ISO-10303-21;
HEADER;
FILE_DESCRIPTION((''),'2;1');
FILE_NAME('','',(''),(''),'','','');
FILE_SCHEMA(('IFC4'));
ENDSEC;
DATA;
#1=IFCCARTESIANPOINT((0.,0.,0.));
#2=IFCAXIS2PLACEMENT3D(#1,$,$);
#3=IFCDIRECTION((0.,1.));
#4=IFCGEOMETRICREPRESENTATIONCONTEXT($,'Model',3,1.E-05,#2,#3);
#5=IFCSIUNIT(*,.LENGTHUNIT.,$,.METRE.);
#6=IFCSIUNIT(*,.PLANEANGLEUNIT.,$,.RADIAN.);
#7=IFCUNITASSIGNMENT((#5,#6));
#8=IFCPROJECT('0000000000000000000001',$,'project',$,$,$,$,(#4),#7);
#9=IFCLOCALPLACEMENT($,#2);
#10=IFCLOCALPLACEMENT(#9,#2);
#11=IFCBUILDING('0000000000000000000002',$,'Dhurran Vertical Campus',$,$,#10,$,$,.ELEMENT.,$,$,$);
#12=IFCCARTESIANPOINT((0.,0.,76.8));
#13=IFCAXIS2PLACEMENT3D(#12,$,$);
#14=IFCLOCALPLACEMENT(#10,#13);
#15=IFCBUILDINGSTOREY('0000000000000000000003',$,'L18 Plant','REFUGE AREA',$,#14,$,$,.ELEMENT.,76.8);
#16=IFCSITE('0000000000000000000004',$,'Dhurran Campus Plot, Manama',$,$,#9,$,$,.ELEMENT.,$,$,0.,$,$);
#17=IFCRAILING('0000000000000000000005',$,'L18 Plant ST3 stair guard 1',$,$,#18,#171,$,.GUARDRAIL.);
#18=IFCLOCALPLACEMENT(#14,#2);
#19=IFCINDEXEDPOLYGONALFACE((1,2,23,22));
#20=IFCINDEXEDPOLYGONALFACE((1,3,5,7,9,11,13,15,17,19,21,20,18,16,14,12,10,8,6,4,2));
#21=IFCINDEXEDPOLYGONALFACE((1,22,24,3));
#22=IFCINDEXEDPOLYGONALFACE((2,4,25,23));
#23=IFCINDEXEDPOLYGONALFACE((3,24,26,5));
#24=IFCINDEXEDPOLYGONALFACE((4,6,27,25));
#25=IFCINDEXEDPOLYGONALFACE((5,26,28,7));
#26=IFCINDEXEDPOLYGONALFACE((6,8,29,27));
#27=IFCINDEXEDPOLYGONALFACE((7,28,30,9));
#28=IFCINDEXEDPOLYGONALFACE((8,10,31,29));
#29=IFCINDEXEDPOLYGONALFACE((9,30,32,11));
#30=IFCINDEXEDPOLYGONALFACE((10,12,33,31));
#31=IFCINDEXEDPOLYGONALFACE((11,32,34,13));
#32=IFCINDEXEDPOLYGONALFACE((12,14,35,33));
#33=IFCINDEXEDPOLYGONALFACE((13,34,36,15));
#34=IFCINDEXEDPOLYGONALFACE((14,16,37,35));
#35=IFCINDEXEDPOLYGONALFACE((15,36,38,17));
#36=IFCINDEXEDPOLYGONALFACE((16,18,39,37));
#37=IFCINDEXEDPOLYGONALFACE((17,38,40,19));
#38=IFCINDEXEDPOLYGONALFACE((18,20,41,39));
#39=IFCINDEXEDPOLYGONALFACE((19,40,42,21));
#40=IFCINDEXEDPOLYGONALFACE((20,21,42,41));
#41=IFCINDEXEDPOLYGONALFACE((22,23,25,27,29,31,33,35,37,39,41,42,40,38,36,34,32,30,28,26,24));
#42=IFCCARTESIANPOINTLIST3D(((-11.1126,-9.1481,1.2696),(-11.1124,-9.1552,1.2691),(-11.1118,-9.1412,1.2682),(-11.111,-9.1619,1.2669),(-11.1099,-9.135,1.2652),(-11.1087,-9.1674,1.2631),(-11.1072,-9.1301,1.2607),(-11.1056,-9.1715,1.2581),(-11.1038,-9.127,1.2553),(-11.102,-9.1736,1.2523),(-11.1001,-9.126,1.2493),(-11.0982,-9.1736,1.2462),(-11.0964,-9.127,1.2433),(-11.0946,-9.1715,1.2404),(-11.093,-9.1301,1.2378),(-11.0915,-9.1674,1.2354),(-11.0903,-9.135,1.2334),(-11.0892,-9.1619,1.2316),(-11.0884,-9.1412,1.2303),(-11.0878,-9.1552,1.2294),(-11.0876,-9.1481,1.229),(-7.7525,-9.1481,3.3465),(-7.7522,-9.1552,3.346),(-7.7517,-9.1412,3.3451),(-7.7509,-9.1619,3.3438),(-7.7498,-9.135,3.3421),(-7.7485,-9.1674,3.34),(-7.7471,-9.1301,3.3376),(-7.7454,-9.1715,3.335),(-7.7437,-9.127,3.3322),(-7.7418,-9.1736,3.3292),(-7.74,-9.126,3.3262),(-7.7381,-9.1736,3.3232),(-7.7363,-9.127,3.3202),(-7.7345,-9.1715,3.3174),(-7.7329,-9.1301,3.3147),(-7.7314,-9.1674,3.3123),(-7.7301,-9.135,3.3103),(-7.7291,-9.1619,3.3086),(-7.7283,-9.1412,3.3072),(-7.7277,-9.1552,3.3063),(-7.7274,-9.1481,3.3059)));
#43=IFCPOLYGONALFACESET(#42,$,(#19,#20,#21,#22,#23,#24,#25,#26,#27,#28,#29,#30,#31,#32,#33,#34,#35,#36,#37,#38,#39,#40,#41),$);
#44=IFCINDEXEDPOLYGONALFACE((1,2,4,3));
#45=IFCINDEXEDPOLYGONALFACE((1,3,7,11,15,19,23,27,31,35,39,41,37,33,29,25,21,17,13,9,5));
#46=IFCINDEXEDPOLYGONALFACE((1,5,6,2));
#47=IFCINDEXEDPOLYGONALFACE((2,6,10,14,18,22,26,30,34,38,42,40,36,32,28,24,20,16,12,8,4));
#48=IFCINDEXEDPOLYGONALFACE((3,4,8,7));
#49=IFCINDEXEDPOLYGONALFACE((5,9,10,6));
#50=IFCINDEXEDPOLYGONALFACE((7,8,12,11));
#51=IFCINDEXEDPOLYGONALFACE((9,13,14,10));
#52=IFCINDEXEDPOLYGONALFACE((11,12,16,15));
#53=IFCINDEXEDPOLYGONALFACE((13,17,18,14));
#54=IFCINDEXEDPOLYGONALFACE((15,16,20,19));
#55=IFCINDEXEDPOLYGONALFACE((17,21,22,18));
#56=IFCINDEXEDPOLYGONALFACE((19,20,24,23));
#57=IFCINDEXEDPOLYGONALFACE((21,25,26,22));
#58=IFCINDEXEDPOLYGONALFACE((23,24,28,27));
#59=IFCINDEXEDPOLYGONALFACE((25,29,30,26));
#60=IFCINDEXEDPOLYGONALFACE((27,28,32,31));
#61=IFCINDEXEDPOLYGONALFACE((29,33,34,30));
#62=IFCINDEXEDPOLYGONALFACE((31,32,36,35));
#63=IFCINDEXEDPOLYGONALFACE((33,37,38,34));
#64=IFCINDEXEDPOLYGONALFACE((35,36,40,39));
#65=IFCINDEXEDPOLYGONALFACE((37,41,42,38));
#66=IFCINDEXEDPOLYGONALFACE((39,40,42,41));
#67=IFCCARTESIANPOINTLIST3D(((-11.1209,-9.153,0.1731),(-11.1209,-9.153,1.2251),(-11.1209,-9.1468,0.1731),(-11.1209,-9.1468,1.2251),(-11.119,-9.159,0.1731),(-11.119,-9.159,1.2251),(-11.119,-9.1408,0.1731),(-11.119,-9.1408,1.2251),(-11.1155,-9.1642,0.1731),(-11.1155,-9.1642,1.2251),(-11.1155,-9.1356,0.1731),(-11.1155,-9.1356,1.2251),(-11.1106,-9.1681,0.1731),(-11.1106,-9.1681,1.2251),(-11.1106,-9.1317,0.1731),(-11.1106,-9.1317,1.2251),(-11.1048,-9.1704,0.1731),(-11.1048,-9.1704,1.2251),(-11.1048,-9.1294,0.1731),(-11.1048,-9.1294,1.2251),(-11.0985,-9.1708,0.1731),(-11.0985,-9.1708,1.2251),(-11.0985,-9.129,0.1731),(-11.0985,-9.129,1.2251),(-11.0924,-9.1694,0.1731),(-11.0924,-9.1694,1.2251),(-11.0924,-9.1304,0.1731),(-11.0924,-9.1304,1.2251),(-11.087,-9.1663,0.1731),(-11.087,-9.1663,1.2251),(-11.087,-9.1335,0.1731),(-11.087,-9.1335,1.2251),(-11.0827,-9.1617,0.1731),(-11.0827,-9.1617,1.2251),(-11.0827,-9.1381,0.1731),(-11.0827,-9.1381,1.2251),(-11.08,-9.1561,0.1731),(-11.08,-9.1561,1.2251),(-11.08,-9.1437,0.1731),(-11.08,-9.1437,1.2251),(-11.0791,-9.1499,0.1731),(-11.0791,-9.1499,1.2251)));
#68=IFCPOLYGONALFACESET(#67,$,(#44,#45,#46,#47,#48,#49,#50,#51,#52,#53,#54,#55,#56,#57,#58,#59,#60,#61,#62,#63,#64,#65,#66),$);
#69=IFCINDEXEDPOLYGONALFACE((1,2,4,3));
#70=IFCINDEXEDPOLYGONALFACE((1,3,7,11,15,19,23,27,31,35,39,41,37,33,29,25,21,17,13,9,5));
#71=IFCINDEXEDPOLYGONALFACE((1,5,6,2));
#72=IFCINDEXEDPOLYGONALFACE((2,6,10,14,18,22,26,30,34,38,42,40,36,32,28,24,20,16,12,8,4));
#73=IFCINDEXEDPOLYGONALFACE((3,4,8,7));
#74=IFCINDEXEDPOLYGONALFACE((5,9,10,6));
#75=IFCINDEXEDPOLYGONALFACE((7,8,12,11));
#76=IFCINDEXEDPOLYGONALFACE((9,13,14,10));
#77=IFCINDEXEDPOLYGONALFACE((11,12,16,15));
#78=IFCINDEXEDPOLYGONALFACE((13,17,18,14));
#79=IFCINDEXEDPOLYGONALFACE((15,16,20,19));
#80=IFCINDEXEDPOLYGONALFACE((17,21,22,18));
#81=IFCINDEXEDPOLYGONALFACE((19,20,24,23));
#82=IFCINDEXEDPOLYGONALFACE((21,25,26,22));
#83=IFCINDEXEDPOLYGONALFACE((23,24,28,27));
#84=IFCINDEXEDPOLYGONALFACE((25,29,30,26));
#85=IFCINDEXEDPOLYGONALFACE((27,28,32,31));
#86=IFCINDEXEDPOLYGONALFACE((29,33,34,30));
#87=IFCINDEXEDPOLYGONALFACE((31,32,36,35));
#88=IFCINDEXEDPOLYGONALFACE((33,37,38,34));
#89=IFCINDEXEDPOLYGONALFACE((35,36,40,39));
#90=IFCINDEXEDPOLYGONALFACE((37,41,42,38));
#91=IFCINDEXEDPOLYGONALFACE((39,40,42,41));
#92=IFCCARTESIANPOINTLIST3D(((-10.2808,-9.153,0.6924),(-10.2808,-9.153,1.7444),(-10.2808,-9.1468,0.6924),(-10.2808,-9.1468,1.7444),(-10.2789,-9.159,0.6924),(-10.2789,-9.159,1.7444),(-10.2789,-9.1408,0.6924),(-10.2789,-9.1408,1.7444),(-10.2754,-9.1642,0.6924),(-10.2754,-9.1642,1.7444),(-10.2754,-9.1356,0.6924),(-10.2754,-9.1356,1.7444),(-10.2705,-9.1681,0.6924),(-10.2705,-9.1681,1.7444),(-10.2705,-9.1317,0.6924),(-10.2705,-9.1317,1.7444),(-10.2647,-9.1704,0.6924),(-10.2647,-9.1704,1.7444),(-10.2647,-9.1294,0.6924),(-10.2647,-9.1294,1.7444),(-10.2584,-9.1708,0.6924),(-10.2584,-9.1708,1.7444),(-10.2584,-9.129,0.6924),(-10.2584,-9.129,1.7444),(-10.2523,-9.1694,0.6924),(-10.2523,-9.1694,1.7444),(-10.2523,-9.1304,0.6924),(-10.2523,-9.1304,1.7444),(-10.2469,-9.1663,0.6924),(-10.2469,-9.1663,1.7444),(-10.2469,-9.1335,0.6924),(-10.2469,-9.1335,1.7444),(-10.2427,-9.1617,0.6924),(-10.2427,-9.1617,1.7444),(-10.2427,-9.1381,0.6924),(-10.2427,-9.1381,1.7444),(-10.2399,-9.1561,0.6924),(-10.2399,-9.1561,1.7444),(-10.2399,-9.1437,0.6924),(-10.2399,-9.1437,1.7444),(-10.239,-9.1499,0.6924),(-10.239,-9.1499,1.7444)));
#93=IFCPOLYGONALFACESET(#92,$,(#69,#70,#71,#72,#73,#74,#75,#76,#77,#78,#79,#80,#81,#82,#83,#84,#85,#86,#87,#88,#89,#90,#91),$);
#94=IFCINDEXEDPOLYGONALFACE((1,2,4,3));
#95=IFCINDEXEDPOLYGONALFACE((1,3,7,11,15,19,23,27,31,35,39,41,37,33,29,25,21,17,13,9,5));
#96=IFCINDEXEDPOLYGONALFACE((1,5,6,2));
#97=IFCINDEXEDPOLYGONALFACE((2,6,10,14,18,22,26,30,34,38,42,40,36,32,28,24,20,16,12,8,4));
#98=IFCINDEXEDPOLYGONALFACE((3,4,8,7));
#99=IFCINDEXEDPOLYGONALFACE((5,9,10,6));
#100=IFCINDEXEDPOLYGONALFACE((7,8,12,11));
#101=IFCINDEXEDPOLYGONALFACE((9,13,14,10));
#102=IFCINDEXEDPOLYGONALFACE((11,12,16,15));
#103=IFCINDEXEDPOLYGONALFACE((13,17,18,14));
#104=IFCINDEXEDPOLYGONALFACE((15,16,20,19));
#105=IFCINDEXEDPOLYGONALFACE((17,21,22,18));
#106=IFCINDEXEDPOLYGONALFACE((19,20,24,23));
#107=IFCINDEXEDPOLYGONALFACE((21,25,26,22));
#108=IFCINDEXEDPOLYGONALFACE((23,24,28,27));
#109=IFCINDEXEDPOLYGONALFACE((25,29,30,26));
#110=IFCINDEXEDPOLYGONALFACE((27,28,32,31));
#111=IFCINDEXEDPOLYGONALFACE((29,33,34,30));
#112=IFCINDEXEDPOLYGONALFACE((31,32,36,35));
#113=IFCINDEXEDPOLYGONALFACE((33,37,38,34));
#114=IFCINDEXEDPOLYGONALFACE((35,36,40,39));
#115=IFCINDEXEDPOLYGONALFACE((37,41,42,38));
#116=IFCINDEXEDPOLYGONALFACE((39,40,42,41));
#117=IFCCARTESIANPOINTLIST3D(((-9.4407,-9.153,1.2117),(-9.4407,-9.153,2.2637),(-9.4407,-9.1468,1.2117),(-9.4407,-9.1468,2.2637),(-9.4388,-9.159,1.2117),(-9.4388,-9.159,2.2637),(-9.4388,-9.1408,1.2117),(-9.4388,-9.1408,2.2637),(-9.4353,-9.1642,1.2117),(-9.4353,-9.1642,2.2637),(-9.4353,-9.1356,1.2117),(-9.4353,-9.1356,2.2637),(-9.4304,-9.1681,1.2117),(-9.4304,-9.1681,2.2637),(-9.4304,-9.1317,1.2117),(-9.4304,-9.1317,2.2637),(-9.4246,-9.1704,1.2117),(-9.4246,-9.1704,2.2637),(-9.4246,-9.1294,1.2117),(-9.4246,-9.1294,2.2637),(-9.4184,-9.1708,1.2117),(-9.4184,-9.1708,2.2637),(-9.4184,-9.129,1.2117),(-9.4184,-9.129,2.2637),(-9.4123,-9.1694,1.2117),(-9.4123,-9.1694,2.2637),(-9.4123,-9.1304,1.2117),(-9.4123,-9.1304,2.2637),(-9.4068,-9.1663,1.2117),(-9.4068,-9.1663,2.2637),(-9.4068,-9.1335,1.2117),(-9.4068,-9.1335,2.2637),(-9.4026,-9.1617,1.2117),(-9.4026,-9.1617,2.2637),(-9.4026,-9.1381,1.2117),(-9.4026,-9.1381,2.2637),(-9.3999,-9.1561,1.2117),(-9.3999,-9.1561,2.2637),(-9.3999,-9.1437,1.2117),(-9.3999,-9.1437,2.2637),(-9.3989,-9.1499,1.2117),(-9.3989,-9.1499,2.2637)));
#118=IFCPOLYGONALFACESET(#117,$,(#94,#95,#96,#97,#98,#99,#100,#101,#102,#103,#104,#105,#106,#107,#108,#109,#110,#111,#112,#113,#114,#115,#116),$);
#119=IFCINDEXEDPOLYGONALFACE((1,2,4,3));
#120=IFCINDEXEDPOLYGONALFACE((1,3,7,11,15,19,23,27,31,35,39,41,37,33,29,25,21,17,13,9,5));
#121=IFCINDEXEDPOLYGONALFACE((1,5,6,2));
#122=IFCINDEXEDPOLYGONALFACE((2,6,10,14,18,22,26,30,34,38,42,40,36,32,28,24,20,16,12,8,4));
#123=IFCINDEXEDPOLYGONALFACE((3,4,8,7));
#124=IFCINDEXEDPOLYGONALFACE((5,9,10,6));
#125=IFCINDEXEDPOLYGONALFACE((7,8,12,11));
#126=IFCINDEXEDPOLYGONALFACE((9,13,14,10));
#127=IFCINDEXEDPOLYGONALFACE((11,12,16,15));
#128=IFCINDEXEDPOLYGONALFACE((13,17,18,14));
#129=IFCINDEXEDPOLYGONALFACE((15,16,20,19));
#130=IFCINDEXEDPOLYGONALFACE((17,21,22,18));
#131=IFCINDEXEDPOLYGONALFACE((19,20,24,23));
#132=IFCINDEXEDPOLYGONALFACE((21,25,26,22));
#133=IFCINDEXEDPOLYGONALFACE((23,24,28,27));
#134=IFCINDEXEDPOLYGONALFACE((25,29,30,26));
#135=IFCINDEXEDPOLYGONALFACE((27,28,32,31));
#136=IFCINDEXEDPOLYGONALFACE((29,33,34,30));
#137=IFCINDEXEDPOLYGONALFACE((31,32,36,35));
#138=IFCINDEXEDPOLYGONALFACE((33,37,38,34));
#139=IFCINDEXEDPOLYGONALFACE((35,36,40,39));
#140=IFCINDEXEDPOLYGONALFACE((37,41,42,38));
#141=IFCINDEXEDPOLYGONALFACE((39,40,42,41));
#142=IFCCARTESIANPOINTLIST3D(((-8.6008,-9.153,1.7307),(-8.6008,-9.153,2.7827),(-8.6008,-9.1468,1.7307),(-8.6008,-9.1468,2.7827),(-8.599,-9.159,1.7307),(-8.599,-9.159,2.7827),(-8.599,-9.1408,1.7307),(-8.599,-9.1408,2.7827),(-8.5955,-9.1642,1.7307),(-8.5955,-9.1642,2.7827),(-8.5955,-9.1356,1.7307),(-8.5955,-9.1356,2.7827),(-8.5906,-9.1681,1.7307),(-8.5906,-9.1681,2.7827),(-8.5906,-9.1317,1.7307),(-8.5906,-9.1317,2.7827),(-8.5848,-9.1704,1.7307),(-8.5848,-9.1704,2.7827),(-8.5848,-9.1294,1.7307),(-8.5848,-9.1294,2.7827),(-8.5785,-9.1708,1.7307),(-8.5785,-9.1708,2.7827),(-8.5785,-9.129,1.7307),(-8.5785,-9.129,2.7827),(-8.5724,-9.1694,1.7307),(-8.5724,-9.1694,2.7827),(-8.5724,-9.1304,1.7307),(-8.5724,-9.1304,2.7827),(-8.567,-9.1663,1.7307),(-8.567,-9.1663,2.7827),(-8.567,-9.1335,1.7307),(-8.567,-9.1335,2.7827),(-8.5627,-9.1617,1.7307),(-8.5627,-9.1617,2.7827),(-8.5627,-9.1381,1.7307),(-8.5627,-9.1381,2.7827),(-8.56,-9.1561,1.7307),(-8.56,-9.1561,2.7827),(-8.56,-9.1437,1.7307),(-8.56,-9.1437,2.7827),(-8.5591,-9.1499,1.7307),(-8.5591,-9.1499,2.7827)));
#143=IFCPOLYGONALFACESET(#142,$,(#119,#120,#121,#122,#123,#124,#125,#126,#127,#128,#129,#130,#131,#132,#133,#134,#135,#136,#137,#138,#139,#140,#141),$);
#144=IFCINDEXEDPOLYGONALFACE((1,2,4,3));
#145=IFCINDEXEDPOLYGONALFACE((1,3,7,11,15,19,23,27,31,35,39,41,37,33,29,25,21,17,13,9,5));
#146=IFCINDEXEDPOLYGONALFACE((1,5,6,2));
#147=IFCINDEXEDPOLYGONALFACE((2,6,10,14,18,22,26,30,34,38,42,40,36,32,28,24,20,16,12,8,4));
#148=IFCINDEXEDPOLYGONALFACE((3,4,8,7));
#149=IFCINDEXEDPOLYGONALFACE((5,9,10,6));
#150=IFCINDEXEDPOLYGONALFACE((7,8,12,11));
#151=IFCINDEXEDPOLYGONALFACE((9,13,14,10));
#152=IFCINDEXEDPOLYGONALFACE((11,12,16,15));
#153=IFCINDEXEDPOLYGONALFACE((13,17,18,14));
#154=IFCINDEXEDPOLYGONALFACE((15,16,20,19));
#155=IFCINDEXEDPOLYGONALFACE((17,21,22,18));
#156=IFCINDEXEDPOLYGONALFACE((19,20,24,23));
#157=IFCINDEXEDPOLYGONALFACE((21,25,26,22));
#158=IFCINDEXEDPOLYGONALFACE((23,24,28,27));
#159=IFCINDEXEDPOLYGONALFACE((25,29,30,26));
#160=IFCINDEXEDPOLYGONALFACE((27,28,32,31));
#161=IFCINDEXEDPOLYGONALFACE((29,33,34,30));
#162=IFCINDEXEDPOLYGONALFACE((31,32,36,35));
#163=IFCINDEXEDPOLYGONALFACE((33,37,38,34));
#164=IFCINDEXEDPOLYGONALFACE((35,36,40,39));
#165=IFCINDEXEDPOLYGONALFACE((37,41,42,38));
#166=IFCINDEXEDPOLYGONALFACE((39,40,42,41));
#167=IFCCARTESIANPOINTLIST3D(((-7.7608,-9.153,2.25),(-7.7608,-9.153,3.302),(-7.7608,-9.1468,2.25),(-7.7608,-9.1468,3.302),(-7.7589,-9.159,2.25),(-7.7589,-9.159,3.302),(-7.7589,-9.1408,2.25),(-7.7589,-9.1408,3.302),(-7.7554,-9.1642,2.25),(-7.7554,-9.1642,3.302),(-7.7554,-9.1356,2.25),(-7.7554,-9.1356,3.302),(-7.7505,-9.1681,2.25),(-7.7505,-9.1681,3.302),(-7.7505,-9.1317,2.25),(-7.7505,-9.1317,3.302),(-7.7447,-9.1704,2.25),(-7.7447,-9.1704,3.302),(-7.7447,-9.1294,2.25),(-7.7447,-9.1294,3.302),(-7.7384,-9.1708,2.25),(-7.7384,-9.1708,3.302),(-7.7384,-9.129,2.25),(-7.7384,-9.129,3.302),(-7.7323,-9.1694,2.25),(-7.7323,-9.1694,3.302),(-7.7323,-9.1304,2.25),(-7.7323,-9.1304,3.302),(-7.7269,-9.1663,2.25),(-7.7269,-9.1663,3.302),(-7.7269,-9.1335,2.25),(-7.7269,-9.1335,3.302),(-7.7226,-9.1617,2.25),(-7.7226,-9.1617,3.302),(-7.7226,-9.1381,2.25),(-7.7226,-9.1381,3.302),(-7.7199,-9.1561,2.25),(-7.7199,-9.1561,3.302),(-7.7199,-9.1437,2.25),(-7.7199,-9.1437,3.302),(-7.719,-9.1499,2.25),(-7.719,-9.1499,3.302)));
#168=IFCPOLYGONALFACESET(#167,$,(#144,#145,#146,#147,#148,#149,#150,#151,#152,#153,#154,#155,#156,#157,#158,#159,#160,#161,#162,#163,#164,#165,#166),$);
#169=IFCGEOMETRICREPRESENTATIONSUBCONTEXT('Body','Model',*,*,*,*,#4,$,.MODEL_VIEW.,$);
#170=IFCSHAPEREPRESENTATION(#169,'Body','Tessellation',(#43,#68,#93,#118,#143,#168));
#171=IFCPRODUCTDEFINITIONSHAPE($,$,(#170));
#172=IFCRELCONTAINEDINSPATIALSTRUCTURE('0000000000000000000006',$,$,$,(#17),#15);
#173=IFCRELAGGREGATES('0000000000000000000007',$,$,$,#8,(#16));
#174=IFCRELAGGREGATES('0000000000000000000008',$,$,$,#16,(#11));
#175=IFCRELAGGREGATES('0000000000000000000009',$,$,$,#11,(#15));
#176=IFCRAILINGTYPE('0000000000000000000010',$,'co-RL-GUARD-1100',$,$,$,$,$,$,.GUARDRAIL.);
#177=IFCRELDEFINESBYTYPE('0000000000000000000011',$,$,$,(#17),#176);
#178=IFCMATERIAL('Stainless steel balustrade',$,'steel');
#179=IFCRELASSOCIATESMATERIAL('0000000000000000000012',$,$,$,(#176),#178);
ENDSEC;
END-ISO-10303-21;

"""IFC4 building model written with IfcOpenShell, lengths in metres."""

from ifc_helpers import new_model, si_unit, direction, frame, origin, origin_2d, place, context, subcontext, project, spatial, circle, extrude, material, type_object, element, save


model = new_model("IFC4")

# Units and contexts
model_context = context("Model", 3, precision=1e-05, world=origin(), true_north=direction((0.0, 1.0)))
body_context = subcontext(model_context, "Body", "Model", "MODEL_VIEW")
ifc_project = project(units=[si_unit("LENGTHUNIT", "METRE"), si_unit("PLANEANGLEUNIT", "RADIAN")], contexts=[model_context])

# Site, building, storey
site_placement = place(None, origin())
site = spatial("IfcSite", under=ifc_project, at=site_placement, Name="Dhurran Campus Plot, Manama", CompositionType="ELEMENT", RefElevation=0.0)
building_placement = place(site_placement, origin())
building = spatial("IfcBuilding", under=site, at=building_placement, Name="Dhurran Vertical Campus", CompositionType="ELEMENT")
storey_placement = place(building_placement, frame((0.0, 0.0, 76.8)))
storey = spatial("IfcBuildingStorey", under=building, at=storey_placement, Name="L18 Plant", Description="REFUGE AREA", CompositionType="ELEMENT", Elevation=76.8)

# Railing
ifc_material_1 = material(Name="Stainless steel balustrade", Category="steel")
railing_type_1 = type_object("IfcRailingType", Name="co-RL-GUARD-1100", PredefinedType="GUARDRAIL", material=ifc_material_1)
railing_1_placement = place(storey_placement, frame((-11.1001, -9.1499, 0.1731)))
element("IfcRailing", 1, at=railing_1_placement, inside=storey, type_object=railing_type_1, Name="L18 Plant ST3 stair guard 1", PredefinedType="GUARDRAIL", context=body_context, shape_type="SweptSolid", body=[
    extrude(circle(Radius=0.0239, at=origin_2d()), frame((0.0, 0.0, 1.0762), z_axis=(0.850623, 0.0, 0.525776), x_axis=(0.0, 1.0, 0.0)), (0.0, 0.0, 1.0), 3.9502),
    extrude(circle(Radius=0.021, at=origin_2d()), origin(), (0.0, 0.0, 1.0), 1.052),
    extrude(circle(Radius=0.021, at=origin_2d()), frame((0.8401, 0.0, 0.5193)), (0.0, 0.0, 1.0), 1.052),
    extrude(circle(Radius=0.021, at=origin_2d()), frame((1.6802, 0.0, 1.0386)), (0.0, 0.0, 1.0), 1.052),
    extrude(circle(Radius=0.021, at=origin_2d()), frame((2.52, 0.0, 1.5576)), (0.0, 0.0, 1.0), 1.052),
    extrude(circle(Radius=0.021, at=origin_2d()), frame((3.3601, 0.0, 2.0769)), (0.0, 0.0, 1.0), 1.052),
])

save(model, "model.ifc")
